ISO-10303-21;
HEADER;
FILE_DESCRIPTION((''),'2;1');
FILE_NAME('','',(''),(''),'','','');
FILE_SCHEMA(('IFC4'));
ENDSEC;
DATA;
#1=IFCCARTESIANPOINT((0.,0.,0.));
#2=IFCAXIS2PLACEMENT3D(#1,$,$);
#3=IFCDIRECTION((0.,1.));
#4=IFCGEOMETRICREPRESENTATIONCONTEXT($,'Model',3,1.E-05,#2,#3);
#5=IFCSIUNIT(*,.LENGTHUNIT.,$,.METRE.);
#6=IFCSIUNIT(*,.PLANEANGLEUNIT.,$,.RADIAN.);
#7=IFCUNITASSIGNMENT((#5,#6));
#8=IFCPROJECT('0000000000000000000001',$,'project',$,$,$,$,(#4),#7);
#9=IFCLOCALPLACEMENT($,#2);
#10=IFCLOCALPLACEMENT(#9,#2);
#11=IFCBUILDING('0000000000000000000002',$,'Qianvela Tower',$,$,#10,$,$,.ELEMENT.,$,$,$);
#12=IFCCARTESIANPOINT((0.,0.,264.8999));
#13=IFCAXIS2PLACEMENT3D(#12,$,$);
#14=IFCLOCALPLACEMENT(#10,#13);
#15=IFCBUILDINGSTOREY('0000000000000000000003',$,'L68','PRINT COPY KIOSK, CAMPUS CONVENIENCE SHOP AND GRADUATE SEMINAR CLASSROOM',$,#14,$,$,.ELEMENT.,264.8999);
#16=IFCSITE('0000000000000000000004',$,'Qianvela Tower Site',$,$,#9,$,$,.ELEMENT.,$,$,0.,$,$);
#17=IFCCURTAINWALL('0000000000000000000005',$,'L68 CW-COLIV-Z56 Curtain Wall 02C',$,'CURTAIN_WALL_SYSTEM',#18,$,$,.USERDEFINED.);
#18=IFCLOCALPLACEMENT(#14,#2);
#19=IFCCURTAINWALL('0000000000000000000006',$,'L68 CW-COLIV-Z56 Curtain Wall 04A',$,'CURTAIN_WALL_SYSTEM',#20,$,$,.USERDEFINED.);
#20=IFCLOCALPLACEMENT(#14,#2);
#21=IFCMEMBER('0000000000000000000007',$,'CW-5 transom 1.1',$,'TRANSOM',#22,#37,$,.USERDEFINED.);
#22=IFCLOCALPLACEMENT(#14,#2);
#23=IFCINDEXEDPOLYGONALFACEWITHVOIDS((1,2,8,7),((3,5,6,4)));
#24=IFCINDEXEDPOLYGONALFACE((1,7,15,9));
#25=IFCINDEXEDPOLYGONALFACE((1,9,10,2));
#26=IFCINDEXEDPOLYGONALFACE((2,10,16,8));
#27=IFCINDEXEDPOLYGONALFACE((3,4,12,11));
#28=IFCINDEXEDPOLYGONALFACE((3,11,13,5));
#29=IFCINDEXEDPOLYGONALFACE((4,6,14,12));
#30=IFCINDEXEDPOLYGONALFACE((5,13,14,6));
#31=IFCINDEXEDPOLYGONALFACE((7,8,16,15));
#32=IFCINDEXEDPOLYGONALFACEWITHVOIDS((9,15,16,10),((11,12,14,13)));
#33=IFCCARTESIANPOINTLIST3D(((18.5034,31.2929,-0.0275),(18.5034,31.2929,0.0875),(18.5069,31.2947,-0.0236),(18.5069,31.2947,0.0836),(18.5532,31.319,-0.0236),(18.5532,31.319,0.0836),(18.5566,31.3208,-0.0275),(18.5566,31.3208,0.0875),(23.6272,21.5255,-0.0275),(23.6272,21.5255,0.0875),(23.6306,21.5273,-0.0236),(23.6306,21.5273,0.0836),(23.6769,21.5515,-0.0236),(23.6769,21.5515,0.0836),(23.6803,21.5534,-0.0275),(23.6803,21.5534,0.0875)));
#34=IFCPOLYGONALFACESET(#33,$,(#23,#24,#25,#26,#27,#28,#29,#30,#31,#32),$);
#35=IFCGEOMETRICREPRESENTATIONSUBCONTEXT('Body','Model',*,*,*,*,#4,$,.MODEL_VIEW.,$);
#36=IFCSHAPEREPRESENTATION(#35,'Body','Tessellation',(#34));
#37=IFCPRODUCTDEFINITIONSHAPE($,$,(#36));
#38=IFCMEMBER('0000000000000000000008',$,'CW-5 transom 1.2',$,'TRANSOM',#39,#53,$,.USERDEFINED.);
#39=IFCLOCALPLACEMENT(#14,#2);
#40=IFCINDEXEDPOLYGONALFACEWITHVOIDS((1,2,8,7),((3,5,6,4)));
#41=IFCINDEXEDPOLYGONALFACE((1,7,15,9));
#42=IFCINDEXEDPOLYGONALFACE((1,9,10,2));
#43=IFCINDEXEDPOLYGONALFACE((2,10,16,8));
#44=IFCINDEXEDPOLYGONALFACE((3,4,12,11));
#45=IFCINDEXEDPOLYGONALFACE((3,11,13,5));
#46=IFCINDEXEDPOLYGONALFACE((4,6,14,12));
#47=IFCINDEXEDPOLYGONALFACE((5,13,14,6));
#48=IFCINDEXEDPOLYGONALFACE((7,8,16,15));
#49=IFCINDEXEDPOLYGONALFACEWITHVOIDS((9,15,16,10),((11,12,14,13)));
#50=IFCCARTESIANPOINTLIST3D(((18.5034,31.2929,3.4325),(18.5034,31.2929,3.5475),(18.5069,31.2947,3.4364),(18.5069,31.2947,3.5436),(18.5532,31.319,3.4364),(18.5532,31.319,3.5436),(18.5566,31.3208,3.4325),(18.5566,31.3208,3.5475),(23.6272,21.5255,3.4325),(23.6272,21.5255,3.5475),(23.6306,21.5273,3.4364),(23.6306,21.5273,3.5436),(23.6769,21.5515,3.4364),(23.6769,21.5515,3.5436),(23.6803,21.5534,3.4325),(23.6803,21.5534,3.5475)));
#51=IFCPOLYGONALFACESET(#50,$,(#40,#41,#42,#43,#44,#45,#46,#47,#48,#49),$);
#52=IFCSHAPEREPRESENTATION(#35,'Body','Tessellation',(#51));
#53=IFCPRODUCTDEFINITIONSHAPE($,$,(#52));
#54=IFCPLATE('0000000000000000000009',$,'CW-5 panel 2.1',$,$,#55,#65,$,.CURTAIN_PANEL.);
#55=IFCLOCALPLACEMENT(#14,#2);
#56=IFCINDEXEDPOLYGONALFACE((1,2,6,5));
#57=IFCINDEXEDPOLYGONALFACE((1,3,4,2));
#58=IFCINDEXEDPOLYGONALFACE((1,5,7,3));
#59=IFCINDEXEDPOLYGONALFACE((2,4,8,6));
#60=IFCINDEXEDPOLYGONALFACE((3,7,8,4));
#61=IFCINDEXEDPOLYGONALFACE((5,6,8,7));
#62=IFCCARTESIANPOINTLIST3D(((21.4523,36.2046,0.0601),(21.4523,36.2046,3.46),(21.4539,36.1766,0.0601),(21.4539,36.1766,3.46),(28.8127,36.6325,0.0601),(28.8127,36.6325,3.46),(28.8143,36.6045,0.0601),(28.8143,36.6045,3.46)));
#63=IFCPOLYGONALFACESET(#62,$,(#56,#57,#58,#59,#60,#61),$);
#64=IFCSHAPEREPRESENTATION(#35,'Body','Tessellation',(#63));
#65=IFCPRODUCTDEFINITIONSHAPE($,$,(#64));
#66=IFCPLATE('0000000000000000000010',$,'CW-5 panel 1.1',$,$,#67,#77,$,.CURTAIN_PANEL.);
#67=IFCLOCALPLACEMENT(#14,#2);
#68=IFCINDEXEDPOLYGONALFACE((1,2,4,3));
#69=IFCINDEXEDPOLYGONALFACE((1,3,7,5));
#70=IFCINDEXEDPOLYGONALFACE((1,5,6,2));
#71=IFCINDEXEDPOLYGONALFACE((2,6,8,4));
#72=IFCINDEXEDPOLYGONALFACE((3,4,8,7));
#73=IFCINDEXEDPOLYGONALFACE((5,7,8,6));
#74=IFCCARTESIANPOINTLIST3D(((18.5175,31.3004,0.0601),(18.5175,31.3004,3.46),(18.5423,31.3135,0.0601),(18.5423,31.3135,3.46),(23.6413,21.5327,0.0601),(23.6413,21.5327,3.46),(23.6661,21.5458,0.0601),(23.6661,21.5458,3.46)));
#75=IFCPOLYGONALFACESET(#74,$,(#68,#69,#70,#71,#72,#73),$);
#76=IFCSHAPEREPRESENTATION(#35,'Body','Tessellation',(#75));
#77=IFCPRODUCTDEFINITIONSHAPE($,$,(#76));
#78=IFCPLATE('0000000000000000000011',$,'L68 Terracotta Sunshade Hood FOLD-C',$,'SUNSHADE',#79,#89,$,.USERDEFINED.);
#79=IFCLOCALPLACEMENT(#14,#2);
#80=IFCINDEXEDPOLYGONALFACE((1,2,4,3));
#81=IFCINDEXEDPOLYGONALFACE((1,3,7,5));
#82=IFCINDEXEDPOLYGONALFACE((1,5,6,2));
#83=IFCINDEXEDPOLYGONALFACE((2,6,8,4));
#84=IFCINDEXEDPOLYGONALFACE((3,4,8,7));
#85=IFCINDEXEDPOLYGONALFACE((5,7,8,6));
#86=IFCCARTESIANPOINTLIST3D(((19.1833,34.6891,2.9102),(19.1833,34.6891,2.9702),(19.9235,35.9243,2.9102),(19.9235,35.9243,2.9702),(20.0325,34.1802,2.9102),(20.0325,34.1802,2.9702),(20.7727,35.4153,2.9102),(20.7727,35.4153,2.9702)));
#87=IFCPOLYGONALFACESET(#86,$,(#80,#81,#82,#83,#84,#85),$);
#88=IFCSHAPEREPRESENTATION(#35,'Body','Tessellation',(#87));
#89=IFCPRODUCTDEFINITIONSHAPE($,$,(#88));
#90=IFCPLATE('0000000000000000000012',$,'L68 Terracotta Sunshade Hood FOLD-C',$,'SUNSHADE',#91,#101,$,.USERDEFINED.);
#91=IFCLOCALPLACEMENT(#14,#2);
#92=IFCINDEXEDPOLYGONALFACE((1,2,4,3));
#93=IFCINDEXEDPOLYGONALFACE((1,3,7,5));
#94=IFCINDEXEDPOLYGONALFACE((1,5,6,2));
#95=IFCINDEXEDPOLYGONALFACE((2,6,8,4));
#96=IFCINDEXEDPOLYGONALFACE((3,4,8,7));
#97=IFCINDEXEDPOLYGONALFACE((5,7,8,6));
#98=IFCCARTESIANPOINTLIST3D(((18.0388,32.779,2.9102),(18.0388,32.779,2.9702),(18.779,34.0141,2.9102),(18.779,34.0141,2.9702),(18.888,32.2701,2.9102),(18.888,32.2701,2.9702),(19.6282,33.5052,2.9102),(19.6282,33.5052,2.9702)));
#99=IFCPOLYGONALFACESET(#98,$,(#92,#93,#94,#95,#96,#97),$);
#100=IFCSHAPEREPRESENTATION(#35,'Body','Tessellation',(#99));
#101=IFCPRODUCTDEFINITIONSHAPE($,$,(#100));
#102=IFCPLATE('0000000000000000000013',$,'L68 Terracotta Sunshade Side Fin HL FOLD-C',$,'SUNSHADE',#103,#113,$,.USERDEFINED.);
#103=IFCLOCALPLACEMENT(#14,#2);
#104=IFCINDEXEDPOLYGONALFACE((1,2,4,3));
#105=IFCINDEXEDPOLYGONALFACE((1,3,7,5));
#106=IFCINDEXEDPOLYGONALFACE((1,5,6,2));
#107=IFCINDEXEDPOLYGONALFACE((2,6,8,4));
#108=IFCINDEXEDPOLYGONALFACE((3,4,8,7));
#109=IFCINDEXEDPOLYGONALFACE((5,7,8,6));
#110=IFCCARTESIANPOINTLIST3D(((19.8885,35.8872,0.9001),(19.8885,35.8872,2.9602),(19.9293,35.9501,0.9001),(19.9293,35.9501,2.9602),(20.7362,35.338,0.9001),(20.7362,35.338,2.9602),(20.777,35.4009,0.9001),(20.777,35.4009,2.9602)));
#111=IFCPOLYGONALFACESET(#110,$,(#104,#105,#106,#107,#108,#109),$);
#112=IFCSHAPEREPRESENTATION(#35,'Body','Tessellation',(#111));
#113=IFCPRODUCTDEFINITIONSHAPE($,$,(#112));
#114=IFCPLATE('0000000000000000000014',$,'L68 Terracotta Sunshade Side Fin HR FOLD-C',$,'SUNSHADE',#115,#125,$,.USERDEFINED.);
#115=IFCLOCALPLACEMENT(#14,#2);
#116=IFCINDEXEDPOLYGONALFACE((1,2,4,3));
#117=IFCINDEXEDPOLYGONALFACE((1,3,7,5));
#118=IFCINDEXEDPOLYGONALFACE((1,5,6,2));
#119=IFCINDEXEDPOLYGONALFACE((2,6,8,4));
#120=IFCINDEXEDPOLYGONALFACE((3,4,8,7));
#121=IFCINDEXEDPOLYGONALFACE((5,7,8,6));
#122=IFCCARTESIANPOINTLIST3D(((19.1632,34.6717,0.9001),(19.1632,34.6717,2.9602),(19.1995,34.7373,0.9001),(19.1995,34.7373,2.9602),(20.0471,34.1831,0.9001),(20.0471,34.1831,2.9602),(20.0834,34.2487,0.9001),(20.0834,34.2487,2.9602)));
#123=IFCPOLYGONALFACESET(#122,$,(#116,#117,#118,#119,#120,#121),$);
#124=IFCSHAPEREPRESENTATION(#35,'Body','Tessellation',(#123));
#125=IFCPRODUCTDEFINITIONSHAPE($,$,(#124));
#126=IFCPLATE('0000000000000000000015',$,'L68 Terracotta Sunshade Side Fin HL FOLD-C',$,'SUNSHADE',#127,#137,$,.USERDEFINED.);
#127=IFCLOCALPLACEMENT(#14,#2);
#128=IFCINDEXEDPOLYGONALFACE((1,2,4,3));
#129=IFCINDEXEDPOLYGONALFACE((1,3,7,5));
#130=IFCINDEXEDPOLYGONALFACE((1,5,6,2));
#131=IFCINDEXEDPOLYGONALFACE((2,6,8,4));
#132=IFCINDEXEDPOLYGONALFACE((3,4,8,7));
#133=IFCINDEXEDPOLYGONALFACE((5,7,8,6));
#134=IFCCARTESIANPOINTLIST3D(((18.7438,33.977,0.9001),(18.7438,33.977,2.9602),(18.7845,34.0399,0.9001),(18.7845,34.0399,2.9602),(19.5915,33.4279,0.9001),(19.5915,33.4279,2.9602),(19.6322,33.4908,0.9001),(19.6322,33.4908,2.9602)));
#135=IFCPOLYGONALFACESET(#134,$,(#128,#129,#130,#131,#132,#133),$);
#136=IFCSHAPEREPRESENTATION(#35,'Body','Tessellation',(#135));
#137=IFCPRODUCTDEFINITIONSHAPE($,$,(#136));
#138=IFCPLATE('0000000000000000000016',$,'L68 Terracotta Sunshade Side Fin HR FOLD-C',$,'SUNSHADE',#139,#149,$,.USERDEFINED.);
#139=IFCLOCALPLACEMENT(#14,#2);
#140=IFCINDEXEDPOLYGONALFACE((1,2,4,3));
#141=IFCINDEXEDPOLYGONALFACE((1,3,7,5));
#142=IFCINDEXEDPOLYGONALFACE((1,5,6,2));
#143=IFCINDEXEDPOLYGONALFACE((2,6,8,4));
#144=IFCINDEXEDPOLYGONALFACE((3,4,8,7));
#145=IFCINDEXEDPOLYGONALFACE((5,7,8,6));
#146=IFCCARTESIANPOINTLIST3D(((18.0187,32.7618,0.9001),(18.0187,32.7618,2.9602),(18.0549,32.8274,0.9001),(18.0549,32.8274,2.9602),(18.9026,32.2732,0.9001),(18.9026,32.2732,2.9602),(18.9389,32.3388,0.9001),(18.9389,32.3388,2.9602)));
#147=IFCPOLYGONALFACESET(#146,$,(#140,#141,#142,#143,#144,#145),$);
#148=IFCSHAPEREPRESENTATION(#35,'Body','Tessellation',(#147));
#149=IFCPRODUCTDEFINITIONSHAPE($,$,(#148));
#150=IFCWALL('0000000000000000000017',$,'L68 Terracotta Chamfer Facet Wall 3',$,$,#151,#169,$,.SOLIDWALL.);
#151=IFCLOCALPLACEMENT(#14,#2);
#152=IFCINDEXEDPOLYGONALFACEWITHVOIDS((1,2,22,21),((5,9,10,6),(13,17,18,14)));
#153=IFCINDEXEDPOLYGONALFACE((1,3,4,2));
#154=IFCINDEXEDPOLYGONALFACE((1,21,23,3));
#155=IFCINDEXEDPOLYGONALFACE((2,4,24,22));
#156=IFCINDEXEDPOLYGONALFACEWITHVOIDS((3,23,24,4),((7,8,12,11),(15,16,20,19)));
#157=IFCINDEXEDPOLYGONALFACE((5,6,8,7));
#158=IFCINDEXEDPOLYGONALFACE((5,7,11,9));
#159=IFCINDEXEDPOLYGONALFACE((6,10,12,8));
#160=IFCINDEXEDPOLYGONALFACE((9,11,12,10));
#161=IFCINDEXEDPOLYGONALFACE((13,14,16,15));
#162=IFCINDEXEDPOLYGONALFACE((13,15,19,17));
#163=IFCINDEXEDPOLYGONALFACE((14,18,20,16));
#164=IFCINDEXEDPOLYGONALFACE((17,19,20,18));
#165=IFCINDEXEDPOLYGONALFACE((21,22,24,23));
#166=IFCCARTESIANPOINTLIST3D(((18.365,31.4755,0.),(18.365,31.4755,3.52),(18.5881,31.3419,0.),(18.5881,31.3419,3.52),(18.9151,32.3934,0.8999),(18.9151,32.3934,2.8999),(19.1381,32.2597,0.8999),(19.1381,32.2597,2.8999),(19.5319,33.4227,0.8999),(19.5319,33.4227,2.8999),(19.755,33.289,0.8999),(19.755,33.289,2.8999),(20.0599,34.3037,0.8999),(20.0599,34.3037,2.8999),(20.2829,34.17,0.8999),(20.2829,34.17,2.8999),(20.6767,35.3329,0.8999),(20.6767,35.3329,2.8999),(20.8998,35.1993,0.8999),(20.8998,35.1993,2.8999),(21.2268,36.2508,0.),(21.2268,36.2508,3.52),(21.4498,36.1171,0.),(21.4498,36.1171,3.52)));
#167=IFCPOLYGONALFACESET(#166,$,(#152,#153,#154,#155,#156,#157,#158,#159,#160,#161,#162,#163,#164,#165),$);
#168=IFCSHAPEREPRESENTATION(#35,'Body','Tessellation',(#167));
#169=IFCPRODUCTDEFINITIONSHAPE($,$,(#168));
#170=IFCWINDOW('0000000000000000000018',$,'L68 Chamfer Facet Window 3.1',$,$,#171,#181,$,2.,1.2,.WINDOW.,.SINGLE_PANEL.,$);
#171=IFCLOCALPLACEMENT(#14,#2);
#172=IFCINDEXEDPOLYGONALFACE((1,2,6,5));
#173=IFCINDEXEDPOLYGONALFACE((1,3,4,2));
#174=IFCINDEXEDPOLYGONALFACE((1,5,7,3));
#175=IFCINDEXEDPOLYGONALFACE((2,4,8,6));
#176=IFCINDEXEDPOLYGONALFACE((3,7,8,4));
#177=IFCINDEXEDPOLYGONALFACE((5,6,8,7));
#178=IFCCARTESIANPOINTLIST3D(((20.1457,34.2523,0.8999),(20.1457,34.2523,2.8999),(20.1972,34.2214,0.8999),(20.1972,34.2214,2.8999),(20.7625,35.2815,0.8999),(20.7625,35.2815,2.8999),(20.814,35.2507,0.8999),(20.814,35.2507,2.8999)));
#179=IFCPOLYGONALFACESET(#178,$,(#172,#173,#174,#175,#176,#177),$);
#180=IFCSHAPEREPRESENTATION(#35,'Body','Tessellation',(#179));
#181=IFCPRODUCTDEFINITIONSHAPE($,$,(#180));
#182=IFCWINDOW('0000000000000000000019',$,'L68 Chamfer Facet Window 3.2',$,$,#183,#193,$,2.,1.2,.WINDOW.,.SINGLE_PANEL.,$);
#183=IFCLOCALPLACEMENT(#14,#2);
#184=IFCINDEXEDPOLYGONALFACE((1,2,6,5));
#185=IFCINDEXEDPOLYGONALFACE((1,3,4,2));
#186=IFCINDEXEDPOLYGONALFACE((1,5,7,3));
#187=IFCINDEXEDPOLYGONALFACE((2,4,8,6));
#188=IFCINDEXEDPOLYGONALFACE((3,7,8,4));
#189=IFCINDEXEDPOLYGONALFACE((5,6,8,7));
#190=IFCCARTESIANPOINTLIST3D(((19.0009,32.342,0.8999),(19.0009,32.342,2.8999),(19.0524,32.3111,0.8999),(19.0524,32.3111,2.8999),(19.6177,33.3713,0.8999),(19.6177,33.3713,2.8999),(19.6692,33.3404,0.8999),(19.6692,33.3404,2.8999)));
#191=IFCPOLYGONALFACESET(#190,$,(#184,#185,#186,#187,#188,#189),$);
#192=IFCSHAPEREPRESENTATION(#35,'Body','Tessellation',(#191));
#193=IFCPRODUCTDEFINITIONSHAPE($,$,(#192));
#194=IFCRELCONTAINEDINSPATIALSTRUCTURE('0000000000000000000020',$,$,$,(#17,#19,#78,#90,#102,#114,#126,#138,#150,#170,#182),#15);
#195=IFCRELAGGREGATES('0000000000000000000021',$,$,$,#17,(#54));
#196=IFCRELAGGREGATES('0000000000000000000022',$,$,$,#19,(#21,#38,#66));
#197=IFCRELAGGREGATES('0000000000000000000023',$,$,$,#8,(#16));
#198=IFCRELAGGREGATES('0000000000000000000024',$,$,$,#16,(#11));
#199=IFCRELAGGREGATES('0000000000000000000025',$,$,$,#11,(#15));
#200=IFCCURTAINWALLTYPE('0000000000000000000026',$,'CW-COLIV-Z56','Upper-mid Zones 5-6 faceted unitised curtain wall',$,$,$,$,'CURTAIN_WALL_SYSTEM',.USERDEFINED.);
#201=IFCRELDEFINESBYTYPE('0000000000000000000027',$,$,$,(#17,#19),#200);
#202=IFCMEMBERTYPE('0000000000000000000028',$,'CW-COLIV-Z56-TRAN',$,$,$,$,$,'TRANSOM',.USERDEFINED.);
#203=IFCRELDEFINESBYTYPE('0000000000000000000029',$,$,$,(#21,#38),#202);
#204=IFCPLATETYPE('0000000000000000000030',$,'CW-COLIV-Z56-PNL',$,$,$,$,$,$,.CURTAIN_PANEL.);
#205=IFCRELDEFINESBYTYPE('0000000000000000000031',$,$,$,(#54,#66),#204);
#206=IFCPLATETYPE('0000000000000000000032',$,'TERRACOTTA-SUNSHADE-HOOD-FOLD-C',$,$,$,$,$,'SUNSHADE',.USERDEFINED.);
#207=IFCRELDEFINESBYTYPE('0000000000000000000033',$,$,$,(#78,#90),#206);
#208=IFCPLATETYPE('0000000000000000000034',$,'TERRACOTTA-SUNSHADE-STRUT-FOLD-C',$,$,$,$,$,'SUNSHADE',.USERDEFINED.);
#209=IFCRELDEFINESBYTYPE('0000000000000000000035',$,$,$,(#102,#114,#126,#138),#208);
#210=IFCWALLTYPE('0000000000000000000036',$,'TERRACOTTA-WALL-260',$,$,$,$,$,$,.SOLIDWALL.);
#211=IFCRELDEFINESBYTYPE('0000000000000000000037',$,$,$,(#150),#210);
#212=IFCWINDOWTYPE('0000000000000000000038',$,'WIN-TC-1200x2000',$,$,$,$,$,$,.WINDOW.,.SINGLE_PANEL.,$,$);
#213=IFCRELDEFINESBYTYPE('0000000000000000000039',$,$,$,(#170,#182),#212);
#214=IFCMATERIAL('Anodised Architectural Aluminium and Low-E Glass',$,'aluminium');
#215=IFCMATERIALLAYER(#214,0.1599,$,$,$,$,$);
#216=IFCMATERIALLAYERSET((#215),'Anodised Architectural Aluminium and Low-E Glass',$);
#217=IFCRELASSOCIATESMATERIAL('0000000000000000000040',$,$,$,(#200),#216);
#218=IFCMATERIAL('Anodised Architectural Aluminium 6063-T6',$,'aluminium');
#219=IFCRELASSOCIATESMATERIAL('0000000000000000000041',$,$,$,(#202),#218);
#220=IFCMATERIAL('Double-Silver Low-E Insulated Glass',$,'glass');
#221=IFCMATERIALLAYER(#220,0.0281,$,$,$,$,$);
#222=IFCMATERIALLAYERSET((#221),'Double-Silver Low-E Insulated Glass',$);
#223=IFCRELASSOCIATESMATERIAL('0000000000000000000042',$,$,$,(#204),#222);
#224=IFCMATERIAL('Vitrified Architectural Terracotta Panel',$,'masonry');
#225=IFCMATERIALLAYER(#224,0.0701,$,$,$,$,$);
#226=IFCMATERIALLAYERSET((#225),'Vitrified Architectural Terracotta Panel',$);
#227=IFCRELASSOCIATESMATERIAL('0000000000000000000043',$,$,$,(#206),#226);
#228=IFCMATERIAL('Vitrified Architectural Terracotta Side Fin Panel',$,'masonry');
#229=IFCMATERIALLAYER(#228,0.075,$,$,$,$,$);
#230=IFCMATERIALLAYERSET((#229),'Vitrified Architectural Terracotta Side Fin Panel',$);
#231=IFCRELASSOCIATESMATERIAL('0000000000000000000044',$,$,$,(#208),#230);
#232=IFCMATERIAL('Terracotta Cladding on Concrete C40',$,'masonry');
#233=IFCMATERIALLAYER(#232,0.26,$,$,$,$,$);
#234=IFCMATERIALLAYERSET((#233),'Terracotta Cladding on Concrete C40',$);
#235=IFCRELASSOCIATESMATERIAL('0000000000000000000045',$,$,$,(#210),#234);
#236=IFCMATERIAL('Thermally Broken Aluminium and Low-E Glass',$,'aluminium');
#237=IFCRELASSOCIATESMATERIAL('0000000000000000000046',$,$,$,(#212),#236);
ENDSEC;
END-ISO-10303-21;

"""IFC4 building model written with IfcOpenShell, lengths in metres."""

from ifc_helpers import new_model, si_unit, direction, frame, frame_2d, origin, origin_2d, place, context, subcontext, project, spatial, rectangle, hollow_rectangle, extrude, material, layer, layer_set, material_profile, profile_set, type_object, element, fill, aggregate, save


model = new_model("IFC4")

# Units and contexts
model_context = context("Model", 3, precision=1e-05, world=origin(), true_north=direction((0.0, 1.0)))
body_context = subcontext(model_context, "Body", "Model", "MODEL_VIEW")
ifc_project = project(units=[si_unit("LENGTHUNIT", "METRE"), si_unit("PLANEANGLEUNIT", "RADIAN")], contexts=[model_context])

# Site, building, storey
site_placement = place(None, origin())
site = spatial("IfcSite", under=ifc_project, at=site_placement, Name="Qianvela Tower Site", CompositionType="ELEMENT", RefElevation=0.0)
building_placement = place(site_placement, origin())
building = spatial("IfcBuilding", under=site, at=building_placement, Name="Qianvela Tower", CompositionType="ELEMENT")
storey_placement = place(building_placement, frame((0.0, 0.0, 264.8999)))
storey = spatial("IfcBuildingStorey", under=building, at=storey_placement, Name="L68", Description="PRINT COPY KIOSK, CAMPUS CONVENIENCE SHOP AND GRADUATE SEMINAR CLASSROOM", CompositionType="ELEMENT", Elevation=264.8999)

# Curtain wall
ifc_material_1 = material(Name="Anodised Architectural Aluminium and Low-E Glass", Category="aluminium")
ifc_layer_1 = layer(ifc_material_1, 0.1599)
ifc_layer_set_1 = layer_set([ifc_layer_1], Name="Anodised Architectural Aluminium and Low-E Glass")
curtain_wall_type = type_object("IfcCurtainWallType", Name="CW-COLIV-Z56", Description="Upper-mid Zones 5-6 faceted unitised curtain wall", ElementType="CURTAIN_WALL_SYSTEM", PredefinedType="USERDEFINED", material=ifc_layer_set_1)
curtain_wall_1_placement = place(storey_placement, origin())
curtain_wall_1 = element("IfcCurtainWall", 1, at=curtain_wall_1_placement, inside=storey, type_object=curtain_wall_type, Name="L68 CW-COLIV-Z56 Curtain Wall 02C", ObjectType="CURTAIN_WALL_SYSTEM", PredefinedType="USERDEFINED")

# Curtain wall, members
curtain_wall_2_placement = place(storey_placement, origin())
curtain_wall_2 = element("IfcCurtainWall", 2, at=curtain_wall_2_placement, inside=storey, type_object=curtain_wall_type, Name="L68 CW-COLIV-Z56 Curtain Wall 04A", ObjectType="CURTAIN_WALL_SYSTEM", PredefinedType="USERDEFINED")
ifc_material_2 = material(Name="Anodised Architectural Aluminium 6063-T6", Category="aluminium")
ifc_material_profile_1 = material_profile(ifc_material_2, hollow_rectangle(XDim=0.0601, YDim=0.115, WallThickness=0.0039, at=origin_2d()), Name="ALU-TRAN-60x115")
ifc_profile_set_1 = profile_set([ifc_material_profile_1], Name="Anodised Architectural Aluminium 6063-T6")
member_type_1 = type_object("IfcMemberType", Name="CW-COLIV-Z56-TRAN", ElementType="TRANSOM", PredefinedType="USERDEFINED", material=ifc_profile_set_1)
member_1_placement = place(storey_placement, frame((18.53, 31.3069, 0.03), z_axis=(0.464535, -0.885555, 0.0), x_axis=(0.885555, 0.464535, 0.0)))
member_1 = element("IfcMember", 3, at=member_1_placement, type_object=member_type_1, Name="CW-5 transom 1.1", ObjectType="TRANSOM", PredefinedType="USERDEFINED", context=body_context, shape_type="SweptSolid", body=[
    extrude(hollow_rectangle(XDim=0.0601, YDim=0.115, WallThickness=0.0039, at=origin_2d()), origin(), (0.0, 0.0, 1.0), 11.0298),
])
member_2_placement = place(storey_placement, frame((18.53, 31.3069, 3.49), z_axis=(0.464535, -0.885555, 0.0), x_axis=(0.885555, 0.464535, 0.0)))
member_2 = element("IfcMember", 4, at=member_2_placement, type_object=member_type_1, Name="CW-5 transom 1.2", ObjectType="TRANSOM", PredefinedType="USERDEFINED", context=body_context, shape_type="SweptSolid", body=[
    extrude(hollow_rectangle(XDim=0.0601, YDim=0.115, WallThickness=0.0039, at=origin_2d()), origin(), (0.0, 0.0, 1.0), 11.0298),
])

# Plates
ifc_material_3 = material(Name="Double-Silver Low-E Insulated Glass", Category="glass")
ifc_layer_2 = layer(ifc_material_3, 0.0281)
ifc_layer_set_2 = layer_set([ifc_layer_2], Name="Double-Silver Low-E Insulated Glass")
plate_type_1 = type_object("IfcPlateType", Name="CW-COLIV-Z56-PNL", PredefinedType="CURTAIN_PANEL", material=ifc_layer_set_2)
plate_1_placement = place(storey_placement, frame((25.1333, 36.4045, 0.0601), z_axis=(0.0, 0.0, 1.0), x_axis=(-0.998314, -0.058037, 0.0)))
plate_1 = element("IfcPlate", 5, at=plate_1_placement, type_object=plate_type_1, Name="CW-5 panel 2.1", PredefinedType="CURTAIN_PANEL", context=body_context, shape_type="SweptSolid", body=[
    extrude(rectangle(XDim=7.3728, YDim=0.0281, at=origin_2d()), origin(), (0.0, 0.0, 1.0), 3.3999),
])
aggregate(curtain_wall_1, [plate_1])
plate_2_placement = place(storey_placement, frame((21.0918, 26.4231, 0.0601), z_axis=(0.0, 0.0, 1.0), x_axis=(0.464534, -0.885555, 0.0)))
plate_2 = element("IfcPlate", 6, at=plate_2_placement, type_object=plate_type_1, Name="CW-5 panel 1.1", PredefinedType="CURTAIN_PANEL", context=body_context, shape_type="SweptSolid", body=[
    extrude(rectangle(XDim=11.03, YDim=0.0281, at=origin_2d()), origin(), (0.0, 0.0, 1.0), 3.3999),
])
aggregate(curtain_wall_2, [member_1, member_2, plate_2])

# Plates
ifc_material_4 = material(Name="Vitrified Architectural Terracotta Panel", Category="masonry")
ifc_layer_3 = layer(ifc_material_4, 0.0701)
ifc_layer_set_3 = layer_set([ifc_layer_3], Name="Vitrified Architectural Terracotta Panel")
plate_type_2 = type_object("IfcPlateType", Name="TERRACOTTA-SUNSHADE-HOOD-FOLD-C", ElementType="SUNSHADE", PredefinedType="USERDEFINED", material=ifc_layer_set_3)
for number, where, z_axis, x_axis, name in (
    (7, (19.978, 35.0522, 2.9102), (0.0, 0.0, 1.0), (-0.514058, -0.857756, 0.0), "L68 Terracotta Sunshade Hood FOLD-C"),
    (8, (18.8335, 33.1421, 2.9102), (0.0, 0.0, 1.0), (-0.514058, -0.857756, 0.0), "L68 Terracotta Sunshade Hood FOLD-C"),
):
    element("IfcPlate", number, at=place(storey_placement, frame(where, z_axis=z_axis, x_axis=x_axis)), inside=storey, type_object=plate_type_2, Name=name, ObjectType="SUNSHADE", PredefinedType="USERDEFINED", context=body_context, shape_type="SweptSolid", body=[
        extrude(rectangle(XDim=1.4399, YDim=0.99, at=origin_2d()), origin(), (0.0, 0.0, 1.0), 0.0601),
    ])
ifc_material_5 = material(Name="Vitrified Architectural Terracotta Side Fin Panel", Category="masonry")
ifc_layer_4 = layer(ifc_material_5, 0.075)
ifc_layer_set_4 = layer_set([ifc_layer_4], Name="Vitrified Architectural Terracotta Side Fin Panel")
plate_type_3 = type_object("IfcPlateType", Name="TERRACOTTA-SUNSHADE-STRUT-FOLD-C", ElementType="SUNSHADE", PredefinedType="USERDEFINED", material=ifc_layer_set_4)
for number, where, z_axis, x_axis, name in (
    (9, (20.3328, 35.644, 0.9001), (0.0, 0.0, 1.0), (-0.54368, -0.839293, 0.0), "L68 Terracotta Sunshade Side Fin HL FOLD-C"),
    (10, (19.6233, 34.4602, 0.9001), (0.0, 0.0, 1.0), (-0.483809, -0.875173, 0.0), "L68 Terracotta Sunshade Side Fin HR FOLD-C"),
    (11, (19.188, 33.7339, 0.9001), (0.0, 0.0, 1.0), (-0.54368, -0.839293, 0.0), "L68 Terracotta Sunshade Side Fin HL FOLD-C"),
    (12, (18.4788, 32.5503, 0.9001), (0.0, 0.0, 1.0), (-0.483809, -0.875173, 0.0), "L68 Terracotta Sunshade Side Fin HR FOLD-C"),
):
    element("IfcPlate", number, at=place(storey_placement, frame(where, z_axis=z_axis, x_axis=x_axis)), inside=storey, type_object=plate_type_3, Name=name, ObjectType="SUNSHADE", PredefinedType="USERDEFINED", context=body_context, shape_type="SweptSolid", body=[
        extrude(rectangle(XDim=0.075, YDim=1.01, at=origin_2d()), origin(), (0.0, 0.0, 1.0), 2.0601),
    ])

# Wall, openings, windows
ifc_material_6 = material(Name="Terracotta Cladding on Concrete C40", Category="masonry")
ifc_layer_5 = layer(ifc_material_6, 0.26)
ifc_layer_set_5 = layer_set([ifc_layer_5], Name="Terracotta Cladding on Concrete C40")
wall_type_1 = type_object("IfcWallType", Name="TERRACOTTA-WALL-260", PredefinedType="SOLIDWALL", material=ifc_layer_set_5)
wall_1_placement = place(storey_placement, frame((21.3384, 36.1841, 0.0), z_axis=(0.0, 0.0, 1.0), x_axis=(-0.514044, -0.857764, 0.0)))
wall_1 = element("IfcWall", 13, at=wall_1_placement, inside=storey, type_object=wall_type_1, Name="L68 Terracotta Chamfer Facet Wall 3", PredefinedType="SOLIDWALL", context=body_context, shape_type="SweptSolid", body=[
    extrude(rectangle(XDim=5.5671, YDim=0.26, at=frame_2d((2.7837, 0.0))), origin(), (0.0, 0.0, 1.0), 3.52),
])
opening_1_placement = place(wall_1_placement, frame((1.0701, 0.0, 0.8999)))
opening_1 = element("IfcOpeningElement", 14, at=opening_1_placement, cuts=wall_1, PredefinedType="OPENING", context=body_context, shape_type="SweptSolid", body=[
    extrude(rectangle(XDim=1.2, YDim=2.0, at=frame_2d((0.6001, 1.0))), frame((0.0, 0.1399, 0.0), z_axis=(0.0, -1.0, 0.0), x_axis=(1.0, 0.0, 0.0)), (0.0, 0.0, 1.0), 0.28),
])
opening_2_placement = place(wall_1_placement, frame((3.2971, 0.0, 0.8999)))
opening_2 = element("IfcOpeningElement", 15, at=opening_2_placement, cuts=wall_1, PredefinedType="OPENING", context=body_context, shape_type="SweptSolid", body=[
    extrude(rectangle(XDim=1.2, YDim=2.0, at=frame_2d((0.6001, 1.0))), frame((0.0, 0.1399, 0.0), z_axis=(0.0, -1.0, 0.0), x_axis=(1.0, 0.0, 0.0)), (0.0, 0.0, 1.0), 0.28),
])
ifc_material_7 = material(Name="Thermally Broken Aluminium and Low-E Glass", Category="aluminium")
window_type = type_object("IfcWindowType", Name="WIN-TC-1200x2000", PartitioningType="SINGLE_PANEL", PredefinedType="WINDOW", material=ifc_material_7)
window_1_placement = place(opening_1_placement, origin())
window_1 = element("IfcWindow", 16, at=window_1_placement, inside=storey, type_object=window_type, Name="L68 Chamfer Facet Window 3.1", OverallHeight=2.0, OverallWidth=1.2, PartitioningType="SINGLE_PANEL", PredefinedType="WINDOW", context=body_context, shape_type="SweptSolid", body=[
    extrude(rectangle(XDim=1.2, YDim=2.0, at=frame_2d((0.6001, 1.0))), frame((0.0, 0.03, 0.0), z_axis=(0.0, -1.0, 0.0), x_axis=(1.0, 0.0, 0.0)), (0.0, 0.0, 1.0), 0.0601),
])
fill(opening_1, window_1)
window_2_placement = place(opening_2_placement, origin())
window_2 = element("IfcWindow", 17, at=window_2_placement, inside=storey, type_object=window_type, Name="L68 Chamfer Facet Window 3.2", OverallHeight=2.0, OverallWidth=1.2, PartitioningType="SINGLE_PANEL", PredefinedType="WINDOW", context=body_context, shape_type="SweptSolid", body=[
    extrude(rectangle(XDim=1.2, YDim=2.0, at=frame_2d((0.6001, 1.0))), frame((0.0, 0.03, 0.0), z_axis=(0.0, -1.0, 0.0), x_axis=(1.0, 0.0, 0.0)), (0.0, 0.0, 1.0), 0.0601),
])
fill(opening_2, window_2)

save(model, "model.ifc")
